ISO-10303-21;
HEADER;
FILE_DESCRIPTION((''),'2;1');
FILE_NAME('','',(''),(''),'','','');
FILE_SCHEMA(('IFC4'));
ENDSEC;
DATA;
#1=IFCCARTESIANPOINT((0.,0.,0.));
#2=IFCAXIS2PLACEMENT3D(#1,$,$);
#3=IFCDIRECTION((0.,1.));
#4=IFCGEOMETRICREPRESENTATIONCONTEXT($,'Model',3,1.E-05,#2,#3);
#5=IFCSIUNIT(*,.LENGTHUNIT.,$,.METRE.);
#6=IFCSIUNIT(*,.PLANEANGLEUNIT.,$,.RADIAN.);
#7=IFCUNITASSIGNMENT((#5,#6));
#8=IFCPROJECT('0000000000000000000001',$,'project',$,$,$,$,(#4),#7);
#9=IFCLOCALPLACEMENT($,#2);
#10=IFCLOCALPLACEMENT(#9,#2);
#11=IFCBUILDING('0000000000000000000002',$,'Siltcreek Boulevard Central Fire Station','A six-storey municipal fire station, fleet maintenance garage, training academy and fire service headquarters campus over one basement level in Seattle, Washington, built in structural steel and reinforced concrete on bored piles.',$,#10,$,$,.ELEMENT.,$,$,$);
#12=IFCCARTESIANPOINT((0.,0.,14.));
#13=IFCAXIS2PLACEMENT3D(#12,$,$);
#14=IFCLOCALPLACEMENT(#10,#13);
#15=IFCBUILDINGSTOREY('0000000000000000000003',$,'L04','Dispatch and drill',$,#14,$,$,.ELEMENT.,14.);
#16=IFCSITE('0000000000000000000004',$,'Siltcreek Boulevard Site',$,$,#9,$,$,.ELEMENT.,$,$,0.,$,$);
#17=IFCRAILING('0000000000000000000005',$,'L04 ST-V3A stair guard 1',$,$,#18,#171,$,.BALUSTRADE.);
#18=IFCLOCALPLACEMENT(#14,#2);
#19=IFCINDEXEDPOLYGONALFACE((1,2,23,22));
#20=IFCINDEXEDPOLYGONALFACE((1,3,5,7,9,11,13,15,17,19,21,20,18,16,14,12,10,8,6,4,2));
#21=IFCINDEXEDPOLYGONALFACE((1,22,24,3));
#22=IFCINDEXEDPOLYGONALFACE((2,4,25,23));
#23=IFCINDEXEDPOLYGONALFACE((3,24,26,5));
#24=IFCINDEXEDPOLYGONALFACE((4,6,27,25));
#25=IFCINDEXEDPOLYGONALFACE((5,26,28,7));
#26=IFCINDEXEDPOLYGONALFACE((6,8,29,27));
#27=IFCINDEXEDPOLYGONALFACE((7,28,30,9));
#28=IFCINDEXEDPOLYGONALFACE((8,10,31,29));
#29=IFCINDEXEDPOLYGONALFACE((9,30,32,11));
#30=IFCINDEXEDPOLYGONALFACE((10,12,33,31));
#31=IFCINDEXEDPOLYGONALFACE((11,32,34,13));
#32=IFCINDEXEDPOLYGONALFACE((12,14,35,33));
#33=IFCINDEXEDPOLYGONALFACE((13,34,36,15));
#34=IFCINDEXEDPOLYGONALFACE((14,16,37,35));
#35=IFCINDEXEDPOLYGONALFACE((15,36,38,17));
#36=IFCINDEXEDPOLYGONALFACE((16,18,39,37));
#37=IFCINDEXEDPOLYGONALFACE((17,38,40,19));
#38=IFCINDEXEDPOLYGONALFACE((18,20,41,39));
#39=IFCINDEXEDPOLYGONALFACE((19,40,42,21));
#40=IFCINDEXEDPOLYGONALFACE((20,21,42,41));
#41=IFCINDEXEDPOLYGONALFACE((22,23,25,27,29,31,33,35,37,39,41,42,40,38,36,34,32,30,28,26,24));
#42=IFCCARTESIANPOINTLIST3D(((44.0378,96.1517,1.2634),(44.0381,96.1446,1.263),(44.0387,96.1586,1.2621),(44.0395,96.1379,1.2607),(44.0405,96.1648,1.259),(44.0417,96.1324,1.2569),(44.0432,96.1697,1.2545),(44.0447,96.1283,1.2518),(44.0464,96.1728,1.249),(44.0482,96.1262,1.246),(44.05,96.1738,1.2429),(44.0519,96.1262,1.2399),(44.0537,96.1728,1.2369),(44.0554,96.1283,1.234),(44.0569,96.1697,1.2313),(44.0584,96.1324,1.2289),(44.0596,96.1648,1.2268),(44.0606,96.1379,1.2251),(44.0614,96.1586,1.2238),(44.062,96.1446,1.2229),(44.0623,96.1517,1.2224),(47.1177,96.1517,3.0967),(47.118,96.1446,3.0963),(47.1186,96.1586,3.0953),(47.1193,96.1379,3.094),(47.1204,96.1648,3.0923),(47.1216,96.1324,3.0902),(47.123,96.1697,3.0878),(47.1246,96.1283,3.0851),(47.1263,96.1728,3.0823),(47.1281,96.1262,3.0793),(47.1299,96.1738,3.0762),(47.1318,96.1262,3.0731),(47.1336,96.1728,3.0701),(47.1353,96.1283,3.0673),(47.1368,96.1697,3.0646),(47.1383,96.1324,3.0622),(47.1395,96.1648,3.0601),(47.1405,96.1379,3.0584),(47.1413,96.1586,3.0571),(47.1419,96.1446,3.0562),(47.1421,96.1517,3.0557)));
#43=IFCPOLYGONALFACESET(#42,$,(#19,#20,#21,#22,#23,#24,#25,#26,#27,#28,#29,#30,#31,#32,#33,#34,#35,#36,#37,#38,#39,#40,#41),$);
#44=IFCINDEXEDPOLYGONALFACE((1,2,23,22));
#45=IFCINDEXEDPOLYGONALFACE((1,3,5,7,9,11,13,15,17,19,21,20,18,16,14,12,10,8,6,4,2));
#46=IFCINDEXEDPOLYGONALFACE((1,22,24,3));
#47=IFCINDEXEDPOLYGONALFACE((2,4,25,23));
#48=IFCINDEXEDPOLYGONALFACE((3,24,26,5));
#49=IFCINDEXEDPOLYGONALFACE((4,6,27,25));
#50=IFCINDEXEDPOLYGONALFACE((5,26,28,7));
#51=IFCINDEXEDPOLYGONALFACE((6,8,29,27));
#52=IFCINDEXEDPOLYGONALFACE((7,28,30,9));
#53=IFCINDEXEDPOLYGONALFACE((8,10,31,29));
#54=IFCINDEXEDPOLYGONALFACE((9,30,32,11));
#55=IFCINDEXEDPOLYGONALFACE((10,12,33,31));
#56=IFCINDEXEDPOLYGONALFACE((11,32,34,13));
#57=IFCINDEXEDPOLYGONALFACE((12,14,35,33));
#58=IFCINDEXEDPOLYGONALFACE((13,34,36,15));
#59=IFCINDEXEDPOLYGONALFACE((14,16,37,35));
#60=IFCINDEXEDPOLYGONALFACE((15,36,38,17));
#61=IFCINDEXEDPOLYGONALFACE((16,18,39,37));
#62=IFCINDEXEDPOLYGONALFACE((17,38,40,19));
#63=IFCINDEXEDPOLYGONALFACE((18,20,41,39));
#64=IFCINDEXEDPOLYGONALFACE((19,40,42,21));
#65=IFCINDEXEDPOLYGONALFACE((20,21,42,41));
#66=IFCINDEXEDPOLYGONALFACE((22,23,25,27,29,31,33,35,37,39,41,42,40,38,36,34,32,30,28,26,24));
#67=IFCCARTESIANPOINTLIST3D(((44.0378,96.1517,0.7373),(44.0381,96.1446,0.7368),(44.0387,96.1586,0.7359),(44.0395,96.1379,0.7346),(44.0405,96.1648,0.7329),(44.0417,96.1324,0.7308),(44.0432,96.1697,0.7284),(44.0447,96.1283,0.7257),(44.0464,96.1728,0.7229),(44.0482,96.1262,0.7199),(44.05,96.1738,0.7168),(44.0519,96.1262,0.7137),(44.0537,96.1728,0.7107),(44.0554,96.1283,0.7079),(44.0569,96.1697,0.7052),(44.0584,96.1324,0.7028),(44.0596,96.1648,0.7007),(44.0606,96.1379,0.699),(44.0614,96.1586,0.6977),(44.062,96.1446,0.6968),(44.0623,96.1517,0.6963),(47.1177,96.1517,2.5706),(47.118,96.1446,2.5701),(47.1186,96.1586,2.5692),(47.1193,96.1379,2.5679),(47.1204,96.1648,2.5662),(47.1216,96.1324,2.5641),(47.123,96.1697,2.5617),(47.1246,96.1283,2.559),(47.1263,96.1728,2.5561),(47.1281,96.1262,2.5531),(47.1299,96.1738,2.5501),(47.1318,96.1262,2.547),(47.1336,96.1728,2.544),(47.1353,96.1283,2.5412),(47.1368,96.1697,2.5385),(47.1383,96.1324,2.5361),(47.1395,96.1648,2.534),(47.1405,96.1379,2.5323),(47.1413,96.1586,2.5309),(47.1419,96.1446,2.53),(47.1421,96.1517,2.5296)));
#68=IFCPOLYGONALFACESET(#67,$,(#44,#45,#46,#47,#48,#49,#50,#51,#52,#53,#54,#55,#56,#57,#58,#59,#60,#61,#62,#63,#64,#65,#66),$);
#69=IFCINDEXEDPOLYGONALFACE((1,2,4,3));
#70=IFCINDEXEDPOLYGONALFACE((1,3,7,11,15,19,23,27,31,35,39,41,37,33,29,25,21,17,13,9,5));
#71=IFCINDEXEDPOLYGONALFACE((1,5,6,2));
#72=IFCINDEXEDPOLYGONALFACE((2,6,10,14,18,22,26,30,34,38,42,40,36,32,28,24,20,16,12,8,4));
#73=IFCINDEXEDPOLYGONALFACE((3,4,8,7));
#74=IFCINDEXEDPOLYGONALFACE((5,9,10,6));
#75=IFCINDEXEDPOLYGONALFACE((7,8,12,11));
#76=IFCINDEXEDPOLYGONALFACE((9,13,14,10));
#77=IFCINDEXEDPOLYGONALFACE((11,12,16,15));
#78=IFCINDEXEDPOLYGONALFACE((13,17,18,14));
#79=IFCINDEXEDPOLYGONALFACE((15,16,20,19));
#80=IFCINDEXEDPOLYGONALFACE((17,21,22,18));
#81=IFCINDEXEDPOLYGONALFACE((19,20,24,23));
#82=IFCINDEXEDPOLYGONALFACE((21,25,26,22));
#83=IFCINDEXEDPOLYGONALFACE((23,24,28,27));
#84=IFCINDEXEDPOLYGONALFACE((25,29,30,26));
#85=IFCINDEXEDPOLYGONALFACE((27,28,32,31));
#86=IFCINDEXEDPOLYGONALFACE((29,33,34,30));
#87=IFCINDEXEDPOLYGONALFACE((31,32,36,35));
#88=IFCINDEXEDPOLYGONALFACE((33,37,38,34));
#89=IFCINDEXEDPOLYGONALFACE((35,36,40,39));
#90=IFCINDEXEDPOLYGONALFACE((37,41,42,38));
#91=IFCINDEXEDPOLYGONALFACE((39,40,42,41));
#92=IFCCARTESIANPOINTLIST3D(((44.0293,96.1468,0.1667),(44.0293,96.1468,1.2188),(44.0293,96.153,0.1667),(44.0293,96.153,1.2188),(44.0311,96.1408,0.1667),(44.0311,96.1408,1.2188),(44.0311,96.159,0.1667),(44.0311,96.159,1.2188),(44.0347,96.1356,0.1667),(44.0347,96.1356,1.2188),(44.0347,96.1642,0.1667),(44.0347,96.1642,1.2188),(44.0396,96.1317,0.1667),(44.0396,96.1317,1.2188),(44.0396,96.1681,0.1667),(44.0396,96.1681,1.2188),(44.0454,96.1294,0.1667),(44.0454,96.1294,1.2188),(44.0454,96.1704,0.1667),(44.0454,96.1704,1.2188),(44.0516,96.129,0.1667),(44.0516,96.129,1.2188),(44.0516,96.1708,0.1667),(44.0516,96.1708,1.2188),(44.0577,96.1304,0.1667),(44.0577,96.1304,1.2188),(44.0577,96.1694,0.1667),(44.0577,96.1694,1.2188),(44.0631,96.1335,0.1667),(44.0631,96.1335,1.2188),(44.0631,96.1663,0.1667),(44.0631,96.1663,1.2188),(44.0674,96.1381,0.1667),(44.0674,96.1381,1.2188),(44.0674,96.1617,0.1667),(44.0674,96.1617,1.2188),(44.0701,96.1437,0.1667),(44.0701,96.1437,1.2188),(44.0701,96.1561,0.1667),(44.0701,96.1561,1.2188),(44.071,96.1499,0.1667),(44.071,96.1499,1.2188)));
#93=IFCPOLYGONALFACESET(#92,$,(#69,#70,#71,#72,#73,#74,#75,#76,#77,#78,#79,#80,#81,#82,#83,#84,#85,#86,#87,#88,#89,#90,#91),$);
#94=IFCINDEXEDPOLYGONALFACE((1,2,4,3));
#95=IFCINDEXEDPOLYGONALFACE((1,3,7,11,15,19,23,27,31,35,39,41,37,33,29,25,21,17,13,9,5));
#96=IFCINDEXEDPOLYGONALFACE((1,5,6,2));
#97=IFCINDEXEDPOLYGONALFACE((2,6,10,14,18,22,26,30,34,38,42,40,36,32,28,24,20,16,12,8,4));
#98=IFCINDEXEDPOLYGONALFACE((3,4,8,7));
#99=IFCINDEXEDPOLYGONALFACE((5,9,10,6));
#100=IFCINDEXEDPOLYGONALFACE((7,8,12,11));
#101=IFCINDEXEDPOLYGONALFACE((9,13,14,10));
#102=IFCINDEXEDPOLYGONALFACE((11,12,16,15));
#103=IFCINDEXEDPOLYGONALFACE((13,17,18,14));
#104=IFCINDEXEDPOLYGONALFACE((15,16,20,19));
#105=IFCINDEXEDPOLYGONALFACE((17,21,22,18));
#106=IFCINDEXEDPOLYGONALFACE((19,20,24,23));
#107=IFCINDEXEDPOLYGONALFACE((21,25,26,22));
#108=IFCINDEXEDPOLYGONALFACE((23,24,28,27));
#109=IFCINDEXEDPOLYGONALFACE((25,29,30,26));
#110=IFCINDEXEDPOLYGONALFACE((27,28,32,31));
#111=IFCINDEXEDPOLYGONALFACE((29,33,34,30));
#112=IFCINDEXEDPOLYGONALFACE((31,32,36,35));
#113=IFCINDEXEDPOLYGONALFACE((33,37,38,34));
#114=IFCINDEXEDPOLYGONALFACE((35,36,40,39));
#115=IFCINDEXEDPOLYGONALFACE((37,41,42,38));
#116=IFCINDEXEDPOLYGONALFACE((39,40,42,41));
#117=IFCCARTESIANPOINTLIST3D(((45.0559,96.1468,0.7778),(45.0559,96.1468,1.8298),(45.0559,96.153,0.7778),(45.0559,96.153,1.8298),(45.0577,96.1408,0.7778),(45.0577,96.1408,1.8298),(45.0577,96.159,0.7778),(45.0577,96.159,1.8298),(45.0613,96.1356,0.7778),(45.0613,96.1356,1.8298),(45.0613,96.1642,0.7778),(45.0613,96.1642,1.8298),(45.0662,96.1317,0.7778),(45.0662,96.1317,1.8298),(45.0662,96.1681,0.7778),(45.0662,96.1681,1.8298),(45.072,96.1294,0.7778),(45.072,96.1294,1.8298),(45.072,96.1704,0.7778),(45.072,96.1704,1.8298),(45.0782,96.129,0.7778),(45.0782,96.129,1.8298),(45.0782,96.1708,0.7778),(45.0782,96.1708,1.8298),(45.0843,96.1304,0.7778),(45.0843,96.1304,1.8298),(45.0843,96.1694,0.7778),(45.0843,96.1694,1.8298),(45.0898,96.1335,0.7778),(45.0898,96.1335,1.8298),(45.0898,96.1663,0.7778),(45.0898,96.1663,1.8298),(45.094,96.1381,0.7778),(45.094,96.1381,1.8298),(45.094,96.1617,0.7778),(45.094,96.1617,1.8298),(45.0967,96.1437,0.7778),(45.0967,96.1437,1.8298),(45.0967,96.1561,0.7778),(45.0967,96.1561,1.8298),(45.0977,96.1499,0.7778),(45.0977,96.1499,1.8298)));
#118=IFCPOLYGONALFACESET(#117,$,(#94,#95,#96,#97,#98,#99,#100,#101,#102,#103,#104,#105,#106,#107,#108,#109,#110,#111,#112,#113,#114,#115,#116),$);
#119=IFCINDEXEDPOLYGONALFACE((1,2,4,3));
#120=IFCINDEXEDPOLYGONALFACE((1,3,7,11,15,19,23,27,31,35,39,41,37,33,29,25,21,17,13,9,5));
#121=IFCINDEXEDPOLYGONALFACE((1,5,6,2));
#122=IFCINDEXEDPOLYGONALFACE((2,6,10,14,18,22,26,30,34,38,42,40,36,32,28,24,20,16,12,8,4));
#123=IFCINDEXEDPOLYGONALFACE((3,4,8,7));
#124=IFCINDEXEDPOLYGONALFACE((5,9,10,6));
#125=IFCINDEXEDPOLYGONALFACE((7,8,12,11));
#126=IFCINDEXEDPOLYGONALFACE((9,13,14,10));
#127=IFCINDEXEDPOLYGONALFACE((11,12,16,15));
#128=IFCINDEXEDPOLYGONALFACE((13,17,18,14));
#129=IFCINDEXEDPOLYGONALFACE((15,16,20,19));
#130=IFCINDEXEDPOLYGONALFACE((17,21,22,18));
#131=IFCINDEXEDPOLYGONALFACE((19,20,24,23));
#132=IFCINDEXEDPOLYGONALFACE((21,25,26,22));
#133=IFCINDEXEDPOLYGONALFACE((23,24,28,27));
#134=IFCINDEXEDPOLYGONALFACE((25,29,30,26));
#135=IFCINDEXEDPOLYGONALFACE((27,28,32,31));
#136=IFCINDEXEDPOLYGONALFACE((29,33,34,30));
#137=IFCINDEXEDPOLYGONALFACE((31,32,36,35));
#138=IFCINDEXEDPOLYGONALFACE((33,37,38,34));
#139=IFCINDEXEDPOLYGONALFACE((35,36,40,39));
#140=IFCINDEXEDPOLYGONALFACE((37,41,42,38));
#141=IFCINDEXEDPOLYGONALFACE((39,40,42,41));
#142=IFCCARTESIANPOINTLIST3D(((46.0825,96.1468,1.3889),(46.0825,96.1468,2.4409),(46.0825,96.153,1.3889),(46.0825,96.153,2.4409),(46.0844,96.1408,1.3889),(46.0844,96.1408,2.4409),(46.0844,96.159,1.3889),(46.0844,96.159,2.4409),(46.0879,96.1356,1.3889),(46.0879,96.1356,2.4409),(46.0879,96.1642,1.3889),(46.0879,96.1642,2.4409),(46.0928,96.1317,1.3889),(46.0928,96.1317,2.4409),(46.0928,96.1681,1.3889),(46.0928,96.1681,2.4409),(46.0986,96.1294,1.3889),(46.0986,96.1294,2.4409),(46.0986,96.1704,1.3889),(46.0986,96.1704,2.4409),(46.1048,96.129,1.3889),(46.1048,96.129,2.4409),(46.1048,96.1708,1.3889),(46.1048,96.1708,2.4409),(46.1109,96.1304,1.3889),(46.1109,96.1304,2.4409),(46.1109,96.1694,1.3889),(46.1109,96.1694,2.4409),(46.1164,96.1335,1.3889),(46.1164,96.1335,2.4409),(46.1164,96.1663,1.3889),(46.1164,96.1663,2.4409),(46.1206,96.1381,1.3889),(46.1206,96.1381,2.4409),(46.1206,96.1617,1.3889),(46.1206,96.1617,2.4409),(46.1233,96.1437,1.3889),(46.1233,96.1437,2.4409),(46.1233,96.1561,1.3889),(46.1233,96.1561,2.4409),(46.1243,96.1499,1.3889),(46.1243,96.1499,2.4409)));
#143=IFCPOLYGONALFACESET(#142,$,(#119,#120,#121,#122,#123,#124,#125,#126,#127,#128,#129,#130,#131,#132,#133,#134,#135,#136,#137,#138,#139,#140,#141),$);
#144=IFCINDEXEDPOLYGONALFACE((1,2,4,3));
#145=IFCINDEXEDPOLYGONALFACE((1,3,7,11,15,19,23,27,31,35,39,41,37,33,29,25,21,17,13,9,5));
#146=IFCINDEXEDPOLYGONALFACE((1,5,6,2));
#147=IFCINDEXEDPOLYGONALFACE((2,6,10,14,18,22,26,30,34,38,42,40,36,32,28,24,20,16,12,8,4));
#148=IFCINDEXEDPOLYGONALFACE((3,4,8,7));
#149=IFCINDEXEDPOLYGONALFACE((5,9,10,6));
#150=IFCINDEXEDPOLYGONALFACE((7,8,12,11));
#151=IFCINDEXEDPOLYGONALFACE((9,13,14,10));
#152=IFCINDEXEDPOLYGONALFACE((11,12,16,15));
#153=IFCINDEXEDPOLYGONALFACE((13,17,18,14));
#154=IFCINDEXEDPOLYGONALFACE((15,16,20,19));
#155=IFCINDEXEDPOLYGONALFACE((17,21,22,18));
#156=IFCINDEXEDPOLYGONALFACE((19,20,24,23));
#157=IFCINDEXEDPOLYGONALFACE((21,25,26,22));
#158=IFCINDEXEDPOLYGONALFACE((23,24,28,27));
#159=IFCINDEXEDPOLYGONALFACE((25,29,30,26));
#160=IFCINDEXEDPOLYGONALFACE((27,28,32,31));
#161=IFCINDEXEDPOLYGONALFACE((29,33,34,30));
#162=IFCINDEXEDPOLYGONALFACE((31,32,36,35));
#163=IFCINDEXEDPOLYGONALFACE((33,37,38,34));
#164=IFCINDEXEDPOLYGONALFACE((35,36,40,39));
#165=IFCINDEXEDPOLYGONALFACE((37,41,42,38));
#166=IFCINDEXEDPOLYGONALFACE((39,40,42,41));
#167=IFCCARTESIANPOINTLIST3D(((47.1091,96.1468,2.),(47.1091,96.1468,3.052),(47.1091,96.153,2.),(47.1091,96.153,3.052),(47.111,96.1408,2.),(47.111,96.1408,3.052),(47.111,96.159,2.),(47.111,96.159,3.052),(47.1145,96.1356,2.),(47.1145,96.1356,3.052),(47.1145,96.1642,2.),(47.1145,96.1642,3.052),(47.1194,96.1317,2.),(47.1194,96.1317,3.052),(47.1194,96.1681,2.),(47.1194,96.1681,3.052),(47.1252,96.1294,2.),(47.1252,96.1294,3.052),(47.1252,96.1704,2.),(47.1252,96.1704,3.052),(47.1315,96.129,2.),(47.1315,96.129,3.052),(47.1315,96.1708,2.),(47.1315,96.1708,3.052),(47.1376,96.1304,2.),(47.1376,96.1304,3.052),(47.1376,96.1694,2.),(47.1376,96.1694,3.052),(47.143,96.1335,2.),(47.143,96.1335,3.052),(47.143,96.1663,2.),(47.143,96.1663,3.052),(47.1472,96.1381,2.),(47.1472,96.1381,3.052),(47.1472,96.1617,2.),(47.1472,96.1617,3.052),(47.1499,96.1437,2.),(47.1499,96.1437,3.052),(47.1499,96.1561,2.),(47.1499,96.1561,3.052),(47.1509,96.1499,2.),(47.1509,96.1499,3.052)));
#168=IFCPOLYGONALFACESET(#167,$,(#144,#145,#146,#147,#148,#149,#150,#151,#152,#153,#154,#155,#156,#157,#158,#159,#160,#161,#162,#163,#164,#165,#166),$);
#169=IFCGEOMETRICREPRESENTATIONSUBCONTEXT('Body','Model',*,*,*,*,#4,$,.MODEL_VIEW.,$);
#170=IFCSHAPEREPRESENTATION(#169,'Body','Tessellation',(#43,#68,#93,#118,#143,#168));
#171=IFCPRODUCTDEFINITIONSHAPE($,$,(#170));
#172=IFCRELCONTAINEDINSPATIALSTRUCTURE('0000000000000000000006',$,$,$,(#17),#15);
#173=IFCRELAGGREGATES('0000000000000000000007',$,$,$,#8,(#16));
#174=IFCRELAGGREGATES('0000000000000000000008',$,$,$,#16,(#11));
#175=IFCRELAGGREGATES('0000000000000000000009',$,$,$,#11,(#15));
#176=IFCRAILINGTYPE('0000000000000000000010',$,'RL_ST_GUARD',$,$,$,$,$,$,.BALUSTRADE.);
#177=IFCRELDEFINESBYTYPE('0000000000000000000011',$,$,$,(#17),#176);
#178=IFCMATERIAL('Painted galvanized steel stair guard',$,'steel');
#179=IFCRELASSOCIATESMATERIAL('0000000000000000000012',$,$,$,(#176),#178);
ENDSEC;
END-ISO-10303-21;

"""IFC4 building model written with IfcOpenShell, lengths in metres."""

from ifc_helpers import new_model, si_unit, direction, frame, origin, origin_2d, place, context, subcontext, project, spatial, circle, extrude, material, type_object, element, save


model = new_model("IFC4")

# Units and contexts
model_context = context("Model", 3, precision=1e-05, world=origin(), true_north=direction((0.0, 1.0)))
body_context = subcontext(model_context, "Body", "Model", "MODEL_VIEW")
ifc_project = project(units=[si_unit("LENGTHUNIT", "METRE"), si_unit("PLANEANGLEUNIT", "RADIAN")], contexts=[model_context])

# Site, building, storey
site_placement = place(None, origin())
site = spatial("IfcSite", under=ifc_project, at=site_placement, Name="Siltcreek Boulevard Site", CompositionType="ELEMENT", RefElevation=0.0)
building_placement = place(site_placement, origin())
building = spatial("IfcBuilding", under=site, at=building_placement, Name="Siltcreek Boulevard Central Fire Station", Description="A six-storey municipal fire station, fleet maintenance garage, training academy and fire service headquarters campus over one basement level in Seattle, Washington, built in structural steel and reinforced concrete on bored piles.", CompositionType="ELEMENT")
storey_placement = place(building_placement, frame((0.0, 0.0, 14.0)))
storey = spatial("IfcBuildingStorey", under=building, at=storey_placement, Name="L04", Description="Dispatch and drill", CompositionType="ELEMENT", Elevation=14.0)

# Railing
ifc_material_1 = material(Name="Painted galvanized steel stair guard", Category="steel")
railing_type_1 = type_object("IfcRailingType", Name="RL_ST_GUARD", PredefinedType="BALUSTRADE", material=ifc_material_1)
railing_1_placement = place(storey_placement, frame((44.05, 96.1499, 0.1667)))
element("IfcRailing", 1, at=railing_1_placement, inside=storey, type_object=railing_type_1, Name="L04 ST-V3A stair guard 1", PredefinedType="BALUSTRADE", context=body_context, shape_type="SweptSolid", body=[
    extrude(circle(Radius=0.0239, at=origin_2d()), frame((0.0, 0.0, 1.0762), z_axis=(0.859291, 0.0, 0.511487), x_axis=(0.0, 1.0, 0.0)), (0.0, 0.0, 1.0), 3.5842),
    extrude(circle(Radius=0.0239, at=origin_2d()), frame((0.0, 0.0, 0.55), z_axis=(0.859291, 0.0, 0.511487), x_axis=(0.0, 1.0, 0.0)), (0.0, 0.0, 1.0), 3.5842),
    extrude(circle(Radius=0.021, at=origin_2d()), origin(), (0.0, 0.0, 1.0), 1.052),
    extrude(circle(Radius=0.021, at=origin_2d()), frame((1.0266, 0.0, 0.6111)), (0.0, 0.0, 1.0), 1.052),
    extrude(circle(Radius=0.021, at=origin_2d()), frame((2.0532, 0.0, 1.2222)), (0.0, 0.0, 1.0), 1.052),
    extrude(circle(Radius=0.021, at=origin_2d()), frame((3.0798, 0.0, 1.8333)), (0.0, 0.0, 1.0), 1.052),
])

save(model, "model.ifc")
